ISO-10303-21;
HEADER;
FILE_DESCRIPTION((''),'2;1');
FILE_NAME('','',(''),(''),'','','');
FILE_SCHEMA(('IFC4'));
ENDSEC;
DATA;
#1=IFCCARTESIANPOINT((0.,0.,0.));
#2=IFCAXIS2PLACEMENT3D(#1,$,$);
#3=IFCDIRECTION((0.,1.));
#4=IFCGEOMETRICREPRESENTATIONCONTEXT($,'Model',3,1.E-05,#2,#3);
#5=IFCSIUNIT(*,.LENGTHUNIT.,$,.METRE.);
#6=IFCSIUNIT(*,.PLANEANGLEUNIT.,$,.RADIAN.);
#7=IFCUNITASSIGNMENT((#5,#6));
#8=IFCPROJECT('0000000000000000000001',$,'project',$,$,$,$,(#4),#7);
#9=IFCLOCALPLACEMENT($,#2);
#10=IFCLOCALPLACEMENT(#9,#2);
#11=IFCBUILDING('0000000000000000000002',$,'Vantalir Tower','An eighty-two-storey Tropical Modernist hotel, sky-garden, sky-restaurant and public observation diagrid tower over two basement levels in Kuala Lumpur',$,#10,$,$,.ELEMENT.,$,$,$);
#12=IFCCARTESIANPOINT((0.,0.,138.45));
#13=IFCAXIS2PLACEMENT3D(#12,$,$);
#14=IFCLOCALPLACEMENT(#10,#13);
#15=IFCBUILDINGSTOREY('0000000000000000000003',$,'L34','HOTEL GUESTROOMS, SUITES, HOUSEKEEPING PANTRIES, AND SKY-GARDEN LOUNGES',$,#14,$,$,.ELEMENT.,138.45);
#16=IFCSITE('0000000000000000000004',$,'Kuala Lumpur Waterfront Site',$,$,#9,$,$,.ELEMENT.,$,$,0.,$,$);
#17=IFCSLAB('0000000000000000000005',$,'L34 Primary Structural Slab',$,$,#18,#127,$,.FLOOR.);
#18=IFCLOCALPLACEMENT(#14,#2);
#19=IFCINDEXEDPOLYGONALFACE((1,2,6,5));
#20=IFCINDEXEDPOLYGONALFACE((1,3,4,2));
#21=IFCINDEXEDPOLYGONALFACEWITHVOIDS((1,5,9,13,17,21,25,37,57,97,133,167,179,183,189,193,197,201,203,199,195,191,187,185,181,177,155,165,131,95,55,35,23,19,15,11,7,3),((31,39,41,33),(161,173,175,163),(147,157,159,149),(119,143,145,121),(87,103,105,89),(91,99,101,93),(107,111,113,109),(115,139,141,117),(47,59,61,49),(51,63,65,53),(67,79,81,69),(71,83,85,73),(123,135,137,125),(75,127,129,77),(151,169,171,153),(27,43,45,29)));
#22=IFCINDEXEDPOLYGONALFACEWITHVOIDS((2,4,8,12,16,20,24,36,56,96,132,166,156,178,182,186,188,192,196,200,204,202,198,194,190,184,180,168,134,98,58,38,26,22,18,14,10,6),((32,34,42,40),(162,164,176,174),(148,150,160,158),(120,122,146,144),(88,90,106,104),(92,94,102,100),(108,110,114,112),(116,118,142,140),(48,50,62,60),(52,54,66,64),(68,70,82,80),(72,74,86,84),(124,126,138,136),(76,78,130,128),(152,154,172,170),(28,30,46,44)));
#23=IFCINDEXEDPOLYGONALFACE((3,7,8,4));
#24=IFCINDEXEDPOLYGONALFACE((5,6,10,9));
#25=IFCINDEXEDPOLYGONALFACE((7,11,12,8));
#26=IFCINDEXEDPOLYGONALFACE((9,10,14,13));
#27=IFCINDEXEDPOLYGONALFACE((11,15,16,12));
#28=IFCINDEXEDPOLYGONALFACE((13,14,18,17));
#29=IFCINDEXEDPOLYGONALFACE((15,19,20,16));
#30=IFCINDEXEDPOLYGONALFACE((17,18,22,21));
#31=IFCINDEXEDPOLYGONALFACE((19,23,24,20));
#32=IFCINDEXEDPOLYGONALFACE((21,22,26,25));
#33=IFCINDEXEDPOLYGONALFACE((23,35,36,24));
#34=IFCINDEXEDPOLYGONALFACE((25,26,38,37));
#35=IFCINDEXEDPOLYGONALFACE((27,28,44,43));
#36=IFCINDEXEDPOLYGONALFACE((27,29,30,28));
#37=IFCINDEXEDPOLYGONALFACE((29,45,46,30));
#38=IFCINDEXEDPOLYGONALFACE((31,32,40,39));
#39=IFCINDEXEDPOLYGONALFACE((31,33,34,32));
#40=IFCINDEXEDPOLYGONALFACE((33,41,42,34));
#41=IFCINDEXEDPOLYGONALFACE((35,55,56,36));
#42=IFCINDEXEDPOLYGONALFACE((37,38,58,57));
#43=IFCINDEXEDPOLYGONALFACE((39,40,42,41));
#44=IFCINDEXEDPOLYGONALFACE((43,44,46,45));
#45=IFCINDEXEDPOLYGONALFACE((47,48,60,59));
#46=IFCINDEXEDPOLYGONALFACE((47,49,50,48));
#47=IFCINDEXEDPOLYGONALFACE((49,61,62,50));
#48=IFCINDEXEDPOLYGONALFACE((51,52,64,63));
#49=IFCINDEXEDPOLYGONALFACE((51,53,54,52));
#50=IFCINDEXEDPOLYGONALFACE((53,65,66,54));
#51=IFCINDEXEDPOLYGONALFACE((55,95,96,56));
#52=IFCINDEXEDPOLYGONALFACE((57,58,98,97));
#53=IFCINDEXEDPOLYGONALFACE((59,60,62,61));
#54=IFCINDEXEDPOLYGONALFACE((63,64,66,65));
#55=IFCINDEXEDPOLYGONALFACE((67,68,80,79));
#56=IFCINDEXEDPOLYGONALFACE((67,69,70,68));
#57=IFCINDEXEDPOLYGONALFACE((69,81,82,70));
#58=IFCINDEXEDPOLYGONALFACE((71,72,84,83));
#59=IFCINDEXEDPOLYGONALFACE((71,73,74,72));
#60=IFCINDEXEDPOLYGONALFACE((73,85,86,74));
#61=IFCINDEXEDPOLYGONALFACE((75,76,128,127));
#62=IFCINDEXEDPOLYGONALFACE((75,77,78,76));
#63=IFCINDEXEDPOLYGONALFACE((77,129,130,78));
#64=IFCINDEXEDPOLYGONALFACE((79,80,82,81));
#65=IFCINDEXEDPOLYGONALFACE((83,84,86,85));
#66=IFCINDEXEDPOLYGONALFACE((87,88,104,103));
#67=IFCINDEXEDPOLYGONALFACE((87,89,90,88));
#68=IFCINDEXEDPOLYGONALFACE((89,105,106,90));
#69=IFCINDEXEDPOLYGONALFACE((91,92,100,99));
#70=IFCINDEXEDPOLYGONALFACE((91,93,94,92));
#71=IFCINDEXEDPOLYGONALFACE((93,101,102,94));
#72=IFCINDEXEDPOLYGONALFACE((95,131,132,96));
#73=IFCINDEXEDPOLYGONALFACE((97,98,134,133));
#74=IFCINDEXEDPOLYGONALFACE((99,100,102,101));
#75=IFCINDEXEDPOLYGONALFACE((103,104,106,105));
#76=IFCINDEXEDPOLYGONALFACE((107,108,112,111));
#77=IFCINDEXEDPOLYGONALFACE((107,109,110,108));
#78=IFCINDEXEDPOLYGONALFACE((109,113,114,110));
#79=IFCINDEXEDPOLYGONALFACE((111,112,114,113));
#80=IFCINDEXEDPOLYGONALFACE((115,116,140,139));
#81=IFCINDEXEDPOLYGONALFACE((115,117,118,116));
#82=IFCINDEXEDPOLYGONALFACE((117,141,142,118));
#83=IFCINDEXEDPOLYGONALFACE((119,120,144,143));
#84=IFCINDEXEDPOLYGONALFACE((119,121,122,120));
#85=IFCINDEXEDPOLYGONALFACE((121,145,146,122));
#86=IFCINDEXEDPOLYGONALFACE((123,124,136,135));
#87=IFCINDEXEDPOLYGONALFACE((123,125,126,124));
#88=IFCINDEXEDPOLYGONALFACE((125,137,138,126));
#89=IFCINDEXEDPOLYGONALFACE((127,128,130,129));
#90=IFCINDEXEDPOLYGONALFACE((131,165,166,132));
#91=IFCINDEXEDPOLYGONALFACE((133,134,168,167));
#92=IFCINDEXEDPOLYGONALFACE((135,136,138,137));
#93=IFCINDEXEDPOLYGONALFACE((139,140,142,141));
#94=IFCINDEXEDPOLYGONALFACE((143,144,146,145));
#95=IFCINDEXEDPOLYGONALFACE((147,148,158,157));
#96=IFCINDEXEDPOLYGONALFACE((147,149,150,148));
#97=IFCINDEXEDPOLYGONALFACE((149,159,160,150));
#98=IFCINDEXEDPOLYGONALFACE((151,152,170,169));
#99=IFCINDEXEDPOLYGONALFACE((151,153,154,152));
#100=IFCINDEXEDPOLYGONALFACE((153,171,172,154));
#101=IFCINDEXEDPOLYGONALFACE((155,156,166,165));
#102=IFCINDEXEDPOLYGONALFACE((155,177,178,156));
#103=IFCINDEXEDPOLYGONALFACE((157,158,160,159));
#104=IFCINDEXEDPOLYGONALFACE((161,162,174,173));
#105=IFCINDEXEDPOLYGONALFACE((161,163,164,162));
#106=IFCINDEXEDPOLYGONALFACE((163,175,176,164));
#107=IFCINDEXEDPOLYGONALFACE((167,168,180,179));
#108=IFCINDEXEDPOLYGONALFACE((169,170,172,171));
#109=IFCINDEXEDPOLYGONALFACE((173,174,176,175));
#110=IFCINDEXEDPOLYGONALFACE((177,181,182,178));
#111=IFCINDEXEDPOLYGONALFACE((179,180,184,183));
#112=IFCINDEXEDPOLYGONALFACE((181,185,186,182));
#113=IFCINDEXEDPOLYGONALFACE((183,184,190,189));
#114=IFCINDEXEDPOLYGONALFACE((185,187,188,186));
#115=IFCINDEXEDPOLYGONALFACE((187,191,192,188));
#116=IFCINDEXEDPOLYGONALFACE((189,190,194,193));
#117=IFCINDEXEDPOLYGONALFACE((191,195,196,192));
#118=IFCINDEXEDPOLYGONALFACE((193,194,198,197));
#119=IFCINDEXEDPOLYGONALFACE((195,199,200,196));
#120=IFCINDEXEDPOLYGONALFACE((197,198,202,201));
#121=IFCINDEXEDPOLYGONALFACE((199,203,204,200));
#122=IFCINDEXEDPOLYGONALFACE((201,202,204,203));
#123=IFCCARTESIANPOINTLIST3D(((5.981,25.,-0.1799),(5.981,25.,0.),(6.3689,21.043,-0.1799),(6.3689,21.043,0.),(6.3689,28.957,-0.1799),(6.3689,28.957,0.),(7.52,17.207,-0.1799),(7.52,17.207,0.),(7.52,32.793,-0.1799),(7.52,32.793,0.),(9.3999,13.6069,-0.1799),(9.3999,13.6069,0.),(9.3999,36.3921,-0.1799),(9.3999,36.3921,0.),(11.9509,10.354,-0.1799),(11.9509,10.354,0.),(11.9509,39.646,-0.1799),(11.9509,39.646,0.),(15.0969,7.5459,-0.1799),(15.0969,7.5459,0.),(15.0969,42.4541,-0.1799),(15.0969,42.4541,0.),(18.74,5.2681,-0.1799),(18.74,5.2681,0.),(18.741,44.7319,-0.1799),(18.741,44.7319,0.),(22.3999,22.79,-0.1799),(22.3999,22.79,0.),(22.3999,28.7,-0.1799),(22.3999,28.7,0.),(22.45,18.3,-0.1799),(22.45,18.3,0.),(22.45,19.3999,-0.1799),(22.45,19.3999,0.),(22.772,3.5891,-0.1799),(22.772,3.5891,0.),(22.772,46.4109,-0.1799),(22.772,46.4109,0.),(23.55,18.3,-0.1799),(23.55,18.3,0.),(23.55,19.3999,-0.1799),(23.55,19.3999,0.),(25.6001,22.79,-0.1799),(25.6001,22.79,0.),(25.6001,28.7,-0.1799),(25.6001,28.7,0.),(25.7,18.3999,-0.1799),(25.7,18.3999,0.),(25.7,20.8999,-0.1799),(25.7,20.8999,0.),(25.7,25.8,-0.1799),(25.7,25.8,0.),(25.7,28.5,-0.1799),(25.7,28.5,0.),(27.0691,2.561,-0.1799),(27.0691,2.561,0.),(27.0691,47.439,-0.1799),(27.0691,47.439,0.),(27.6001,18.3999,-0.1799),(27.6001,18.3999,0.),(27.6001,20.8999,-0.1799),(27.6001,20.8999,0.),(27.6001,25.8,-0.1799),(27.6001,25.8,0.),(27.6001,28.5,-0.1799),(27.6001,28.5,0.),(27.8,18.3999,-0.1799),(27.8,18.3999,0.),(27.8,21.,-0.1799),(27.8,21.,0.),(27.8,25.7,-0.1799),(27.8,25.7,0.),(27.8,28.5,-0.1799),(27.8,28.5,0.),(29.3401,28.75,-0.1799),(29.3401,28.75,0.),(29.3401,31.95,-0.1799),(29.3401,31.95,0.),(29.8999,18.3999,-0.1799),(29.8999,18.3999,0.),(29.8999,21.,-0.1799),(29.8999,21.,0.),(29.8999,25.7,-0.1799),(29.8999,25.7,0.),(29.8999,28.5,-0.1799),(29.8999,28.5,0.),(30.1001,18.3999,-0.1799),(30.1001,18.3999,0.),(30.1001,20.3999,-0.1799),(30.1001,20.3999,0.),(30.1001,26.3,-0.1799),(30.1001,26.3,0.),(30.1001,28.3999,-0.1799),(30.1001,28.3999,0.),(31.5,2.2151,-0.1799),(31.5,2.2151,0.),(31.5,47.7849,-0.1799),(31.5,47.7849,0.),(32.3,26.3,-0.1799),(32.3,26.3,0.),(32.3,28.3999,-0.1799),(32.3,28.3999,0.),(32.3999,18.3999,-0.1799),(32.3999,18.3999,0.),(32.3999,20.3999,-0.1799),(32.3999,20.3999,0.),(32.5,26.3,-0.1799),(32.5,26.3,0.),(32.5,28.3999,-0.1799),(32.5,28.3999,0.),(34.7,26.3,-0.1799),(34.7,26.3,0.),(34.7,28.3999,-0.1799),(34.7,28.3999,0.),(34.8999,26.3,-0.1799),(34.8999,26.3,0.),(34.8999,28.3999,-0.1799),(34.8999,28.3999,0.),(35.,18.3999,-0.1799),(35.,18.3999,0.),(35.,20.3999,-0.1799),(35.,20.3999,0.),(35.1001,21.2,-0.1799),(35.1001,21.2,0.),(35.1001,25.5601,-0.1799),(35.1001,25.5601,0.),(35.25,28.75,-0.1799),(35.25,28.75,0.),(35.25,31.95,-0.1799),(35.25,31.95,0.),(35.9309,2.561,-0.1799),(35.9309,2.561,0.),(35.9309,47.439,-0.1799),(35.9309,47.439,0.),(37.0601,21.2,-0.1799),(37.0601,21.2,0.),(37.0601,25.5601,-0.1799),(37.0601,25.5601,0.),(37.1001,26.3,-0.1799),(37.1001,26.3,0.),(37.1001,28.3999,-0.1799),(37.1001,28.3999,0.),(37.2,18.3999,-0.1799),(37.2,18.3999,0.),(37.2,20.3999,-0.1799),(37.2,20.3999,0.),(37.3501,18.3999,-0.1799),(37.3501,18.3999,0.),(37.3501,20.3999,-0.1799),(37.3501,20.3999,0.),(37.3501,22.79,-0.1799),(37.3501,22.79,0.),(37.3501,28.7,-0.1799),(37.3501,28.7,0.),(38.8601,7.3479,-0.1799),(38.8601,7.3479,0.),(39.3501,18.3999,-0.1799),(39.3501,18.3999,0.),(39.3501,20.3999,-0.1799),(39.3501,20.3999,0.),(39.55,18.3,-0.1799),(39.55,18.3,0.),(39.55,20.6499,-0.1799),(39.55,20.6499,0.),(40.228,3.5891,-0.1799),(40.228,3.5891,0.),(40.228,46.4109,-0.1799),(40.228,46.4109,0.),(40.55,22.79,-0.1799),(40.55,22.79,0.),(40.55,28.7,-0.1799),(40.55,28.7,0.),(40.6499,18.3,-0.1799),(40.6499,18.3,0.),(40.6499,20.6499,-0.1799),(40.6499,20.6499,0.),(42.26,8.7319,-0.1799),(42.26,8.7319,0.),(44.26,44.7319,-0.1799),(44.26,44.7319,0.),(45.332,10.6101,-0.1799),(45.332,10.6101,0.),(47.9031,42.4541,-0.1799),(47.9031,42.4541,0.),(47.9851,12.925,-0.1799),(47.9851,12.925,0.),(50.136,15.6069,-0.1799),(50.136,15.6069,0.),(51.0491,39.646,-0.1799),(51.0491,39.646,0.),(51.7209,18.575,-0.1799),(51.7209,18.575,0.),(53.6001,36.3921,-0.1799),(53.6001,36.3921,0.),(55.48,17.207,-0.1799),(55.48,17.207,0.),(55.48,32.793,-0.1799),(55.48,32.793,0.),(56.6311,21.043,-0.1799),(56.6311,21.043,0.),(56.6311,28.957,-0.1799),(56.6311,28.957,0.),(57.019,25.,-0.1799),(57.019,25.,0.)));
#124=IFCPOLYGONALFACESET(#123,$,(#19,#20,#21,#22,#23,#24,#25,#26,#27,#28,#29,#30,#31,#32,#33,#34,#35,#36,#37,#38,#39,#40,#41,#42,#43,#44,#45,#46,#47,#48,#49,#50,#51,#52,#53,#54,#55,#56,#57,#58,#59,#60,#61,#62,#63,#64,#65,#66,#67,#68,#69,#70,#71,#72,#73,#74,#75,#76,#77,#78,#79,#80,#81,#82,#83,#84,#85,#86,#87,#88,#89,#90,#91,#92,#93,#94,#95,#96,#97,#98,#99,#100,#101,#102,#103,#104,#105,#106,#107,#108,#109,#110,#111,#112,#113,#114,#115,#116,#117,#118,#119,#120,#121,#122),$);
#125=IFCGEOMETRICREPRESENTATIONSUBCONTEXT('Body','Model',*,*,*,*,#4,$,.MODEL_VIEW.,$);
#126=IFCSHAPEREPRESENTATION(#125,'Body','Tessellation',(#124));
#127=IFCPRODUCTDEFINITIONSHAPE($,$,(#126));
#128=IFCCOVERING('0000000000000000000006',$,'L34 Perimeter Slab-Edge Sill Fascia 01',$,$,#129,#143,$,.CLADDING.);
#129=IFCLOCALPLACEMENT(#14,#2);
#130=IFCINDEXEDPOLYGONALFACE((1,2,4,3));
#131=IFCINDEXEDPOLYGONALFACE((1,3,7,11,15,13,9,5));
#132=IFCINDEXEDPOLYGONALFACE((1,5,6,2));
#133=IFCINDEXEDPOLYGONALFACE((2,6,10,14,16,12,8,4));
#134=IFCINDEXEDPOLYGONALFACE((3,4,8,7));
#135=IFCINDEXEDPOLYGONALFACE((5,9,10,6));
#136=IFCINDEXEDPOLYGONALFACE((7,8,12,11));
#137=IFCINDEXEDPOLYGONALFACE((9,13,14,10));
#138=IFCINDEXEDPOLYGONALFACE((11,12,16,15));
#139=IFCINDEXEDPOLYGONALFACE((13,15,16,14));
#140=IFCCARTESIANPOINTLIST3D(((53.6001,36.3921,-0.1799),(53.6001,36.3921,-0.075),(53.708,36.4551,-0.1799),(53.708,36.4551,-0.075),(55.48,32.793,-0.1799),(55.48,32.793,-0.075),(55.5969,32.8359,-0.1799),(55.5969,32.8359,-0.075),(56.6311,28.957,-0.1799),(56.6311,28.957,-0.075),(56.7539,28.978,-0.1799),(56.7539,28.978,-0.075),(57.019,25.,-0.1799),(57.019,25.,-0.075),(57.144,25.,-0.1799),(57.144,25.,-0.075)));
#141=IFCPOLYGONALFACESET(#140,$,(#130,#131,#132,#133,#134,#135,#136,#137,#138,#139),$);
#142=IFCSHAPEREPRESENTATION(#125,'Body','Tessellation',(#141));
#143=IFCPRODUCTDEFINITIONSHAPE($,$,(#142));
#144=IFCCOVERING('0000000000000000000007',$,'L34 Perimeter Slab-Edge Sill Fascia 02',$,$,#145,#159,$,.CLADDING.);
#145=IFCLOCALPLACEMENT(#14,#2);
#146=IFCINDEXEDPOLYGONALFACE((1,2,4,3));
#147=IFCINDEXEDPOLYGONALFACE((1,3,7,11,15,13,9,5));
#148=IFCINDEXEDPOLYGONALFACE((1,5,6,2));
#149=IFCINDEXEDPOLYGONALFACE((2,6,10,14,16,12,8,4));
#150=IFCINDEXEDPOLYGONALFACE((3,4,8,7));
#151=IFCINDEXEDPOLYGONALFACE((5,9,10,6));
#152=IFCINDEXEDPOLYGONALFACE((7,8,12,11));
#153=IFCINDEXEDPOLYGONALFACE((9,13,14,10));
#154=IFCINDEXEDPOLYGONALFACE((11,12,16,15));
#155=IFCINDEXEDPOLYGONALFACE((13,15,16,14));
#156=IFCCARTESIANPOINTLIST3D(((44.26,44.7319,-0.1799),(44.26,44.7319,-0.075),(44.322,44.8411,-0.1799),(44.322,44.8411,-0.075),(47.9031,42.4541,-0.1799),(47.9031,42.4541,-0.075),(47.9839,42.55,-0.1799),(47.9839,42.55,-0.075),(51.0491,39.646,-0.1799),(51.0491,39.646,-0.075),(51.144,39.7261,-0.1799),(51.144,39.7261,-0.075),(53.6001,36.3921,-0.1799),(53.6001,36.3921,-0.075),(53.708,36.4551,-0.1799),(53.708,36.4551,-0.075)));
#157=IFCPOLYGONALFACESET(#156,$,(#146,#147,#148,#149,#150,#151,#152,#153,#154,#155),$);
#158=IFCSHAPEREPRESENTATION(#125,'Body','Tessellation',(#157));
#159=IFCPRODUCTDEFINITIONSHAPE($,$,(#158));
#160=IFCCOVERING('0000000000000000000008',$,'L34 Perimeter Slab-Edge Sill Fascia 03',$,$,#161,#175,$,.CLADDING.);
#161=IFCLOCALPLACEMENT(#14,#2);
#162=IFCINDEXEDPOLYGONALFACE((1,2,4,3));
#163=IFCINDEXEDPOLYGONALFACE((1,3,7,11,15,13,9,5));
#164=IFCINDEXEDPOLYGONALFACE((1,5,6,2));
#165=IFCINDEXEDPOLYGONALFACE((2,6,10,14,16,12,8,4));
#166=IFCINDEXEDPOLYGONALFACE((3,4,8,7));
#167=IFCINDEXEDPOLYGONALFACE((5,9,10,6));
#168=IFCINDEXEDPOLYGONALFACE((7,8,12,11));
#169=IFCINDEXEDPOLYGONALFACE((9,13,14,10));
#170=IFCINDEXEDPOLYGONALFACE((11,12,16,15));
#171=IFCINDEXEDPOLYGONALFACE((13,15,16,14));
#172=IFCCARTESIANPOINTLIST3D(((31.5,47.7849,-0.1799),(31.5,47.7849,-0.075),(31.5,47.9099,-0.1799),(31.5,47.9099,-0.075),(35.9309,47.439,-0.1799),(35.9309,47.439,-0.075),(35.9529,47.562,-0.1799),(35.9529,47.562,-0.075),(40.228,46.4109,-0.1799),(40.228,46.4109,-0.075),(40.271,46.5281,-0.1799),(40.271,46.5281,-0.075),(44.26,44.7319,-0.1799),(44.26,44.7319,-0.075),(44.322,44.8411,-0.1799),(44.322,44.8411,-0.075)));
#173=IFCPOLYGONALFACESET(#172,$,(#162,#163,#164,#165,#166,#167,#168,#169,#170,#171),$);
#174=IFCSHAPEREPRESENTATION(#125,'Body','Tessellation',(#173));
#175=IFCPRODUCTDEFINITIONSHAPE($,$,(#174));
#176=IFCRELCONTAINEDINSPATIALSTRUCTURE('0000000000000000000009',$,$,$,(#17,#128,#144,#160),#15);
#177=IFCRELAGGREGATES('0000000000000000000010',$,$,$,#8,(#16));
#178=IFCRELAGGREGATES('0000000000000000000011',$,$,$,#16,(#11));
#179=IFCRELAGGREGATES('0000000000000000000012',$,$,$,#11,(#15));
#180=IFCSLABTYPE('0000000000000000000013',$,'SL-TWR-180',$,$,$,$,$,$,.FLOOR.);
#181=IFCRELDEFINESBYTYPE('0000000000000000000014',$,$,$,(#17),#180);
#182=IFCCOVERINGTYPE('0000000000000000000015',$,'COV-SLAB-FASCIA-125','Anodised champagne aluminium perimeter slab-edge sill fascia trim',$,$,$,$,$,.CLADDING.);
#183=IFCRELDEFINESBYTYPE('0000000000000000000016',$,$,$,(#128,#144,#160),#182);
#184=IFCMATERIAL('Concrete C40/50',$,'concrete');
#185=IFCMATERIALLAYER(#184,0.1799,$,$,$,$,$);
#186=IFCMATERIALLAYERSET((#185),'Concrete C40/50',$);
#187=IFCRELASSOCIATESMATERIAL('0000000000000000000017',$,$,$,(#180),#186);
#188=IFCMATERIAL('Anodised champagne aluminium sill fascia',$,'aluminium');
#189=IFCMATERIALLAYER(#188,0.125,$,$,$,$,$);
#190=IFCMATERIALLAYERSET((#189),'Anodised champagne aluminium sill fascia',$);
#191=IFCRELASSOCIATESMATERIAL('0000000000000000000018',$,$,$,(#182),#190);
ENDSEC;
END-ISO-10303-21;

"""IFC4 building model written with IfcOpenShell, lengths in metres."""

from ifc_helpers import new_model, si_unit, direction, frame, origin, place, context, subcontext, project, spatial, polyline, outline, extrude, material, layer, layer_set, type_object, element, save


model = new_model("IFC4")

# Units and contexts
model_context = context("Model", 3, precision=1e-05, world=origin(), true_north=direction((0.0, 1.0)))
body_context = subcontext(model_context, "Body", "Model", "MODEL_VIEW")
ifc_project = project(units=[si_unit("LENGTHUNIT", "METRE"), si_unit("PLANEANGLEUNIT", "RADIAN")], contexts=[model_context])

# Site, building, storey
site_placement = place(None, origin())
site = spatial("IfcSite", under=ifc_project, at=site_placement, Name="Kuala Lumpur Waterfront Site", CompositionType="ELEMENT", RefElevation=0.0)
building_placement = place(site_placement, origin())
building = spatial("IfcBuilding", under=site, at=building_placement, Name="Vantalir Tower", Description="An eighty-two-storey Tropical Modernist hotel, sky-garden, sky-restaurant and public observation diagrid tower over two basement levels in Kuala Lumpur", CompositionType="ELEMENT")
storey_placement = place(building_placement, frame((0.0, 0.0, 138.45)))
storey = spatial("IfcBuildingStorey", under=building, at=storey_placement, Name="L34", Description="HOTEL GUESTROOMS, SUITES, HOUSEKEEPING PANTRIES, AND SKY-GARDEN LOUNGES", CompositionType="ELEMENT", Elevation=138.45)

# Shared definitions
ifc_material_1 = material(Name="Concrete C40/50", Category="concrete")

# Slab
ifc_layer_1 = layer(ifc_material_1, 0.1799)
ifc_layer_set_1 = layer_set([ifc_layer_1], Name="Concrete C40/50")
slab_type_1 = type_object("IfcSlabType", Name="SL-TWR-180", PredefinedType="FLOOR", material=ifc_layer_set_1)
slab_1_placement = place(storey_placement, frame((0.0, 0.0, -0.1799)))
element("IfcSlab", 1, at=slab_1_placement, inside=storey, type_object=slab_type_1, Name="L34 Primary Structural Slab", PredefinedType="FLOOR", context=body_context, shape_type="SweptSolid", body=[
    extrude(outline(polyline([(15.0969, 7.5459), (18.74, 5.2681), (22.772, 3.5891), (27.0691, 2.561), (31.5, 2.2151), (35.9309, 2.561), (40.228, 3.5891), (38.8601, 7.3479), (42.26, 8.7319), (45.332, 10.6101), (47.9851, 12.925), (50.136, 15.6069), (51.7209, 18.575), (55.48, 17.207), (56.6311, 21.043), (57.019, 25.0), (56.6311, 28.957), (55.48, 32.793), (53.6001, 36.3921), (51.0491, 39.646), (47.9031, 42.4541), (44.26, 44.7319), (40.228, 46.4109), (35.9309, 47.439), (31.5, 47.7849), (27.0691, 47.439), (22.772, 46.4109), (18.741, 44.7319), (15.0969, 42.4541), (11.9509, 39.646), (9.3999, 36.3921), (7.52, 32.793), (6.3689, 28.957), (5.981, 25.0), (6.3689, 21.043), (7.52, 17.207), (9.3999, 13.6069), (11.9509, 10.354), (15.0969, 7.5459)]), holes=[polyline([(22.3999, 22.79), (22.3999, 28.7), (25.6001, 28.7), (25.6001, 22.79), (22.3999, 22.79)]), polyline([(37.3501, 28.7), (40.55, 28.7), (40.55, 22.79), (37.3501, 22.79), (37.3501, 28.7)]), polyline([(35.25, 28.75), (29.3401, 28.75), (29.3401, 31.95), (35.25, 31.95), (35.25, 28.75)]), polyline([(27.6001, 18.3999), (25.7, 18.3999), (25.7, 20.8999), (27.6001, 20.8999), (27.6001, 18.3999)]), polyline([(25.7, 25.8), (25.7, 28.5), (27.6001, 28.5), (27.6001, 25.8), (25.7, 25.8)]), polyline([(27.8, 21.0), (29.8999, 21.0), (29.8999, 18.3999), (27.8, 18.3999), (27.8, 21.0)]), polyline([(29.8999, 28.5), (29.8999, 25.7), (27.8, 25.7), (27.8, 28.5), (29.8999, 28.5)]), polyline([(32.3999, 18.3999), (30.1001, 18.3999), (30.1001, 20.3999), (32.3999, 20.3999), (32.3999, 18.3999)]), polyline([(37.3501, 18.3999), (37.3501, 20.3999), (39.3501, 20.3999), (39.3501, 18.3999), (37.3501, 18.3999)]), polyline([(35.0, 20.3999), (37.2, 20.3999), (37.2, 18.3999), (35.0, 18.3999), (35.0, 20.3999)]), polyline([(32.3, 28.3999), (32.3, 26.3), (30.1001, 26.3), (30.1001, 28.3999), (32.3, 28.3999)]), polyline([(34.7, 26.3), (32.5, 26.3), (32.5, 28.3999), (34.7, 28.3999), (34.7, 26.3)]), polyline([(34.8999, 26.3), (34.8999, 28.3999), (37.1001, 28.3999), (37.1001, 26.3), (34.8999, 26.3)]), polyline([(35.1001, 25.5601), (37.0601, 25.5601), (37.0601, 21.2), (35.1001, 21.2), (35.1001, 25.5601)]), polyline([(23.55, 19.3999), (23.55, 18.3), (22.45, 18.3), (22.45, 19.3999), (23.55, 19.3999)]), polyline([(40.6499, 18.3), (39.55, 18.3), (39.55, 20.6499), (40.6499, 20.6499), (40.6499, 18.3)])]), origin(), (0.0, 0.0, 1.0), 0.1799),
])

# Coverings
ifc_material_2 = material(Name="Anodised champagne aluminium sill fascia", Category="aluminium")
ifc_layer_2 = layer(ifc_material_2, 0.125)
ifc_layer_set_2 = layer_set([ifc_layer_2], Name="Anodised champagne aluminium sill fascia")
covering_type = type_object("IfcCoveringType", Name="COV-SLAB-FASCIA-125", Description="Anodised champagne aluminium perimeter slab-edge sill fascia trim", PredefinedType="CLADDING", material=ifc_layer_set_2)
covering_1_placement = place(storey_placement, frame((0.0, 0.0, -0.1799)))
element("IfcCovering", 2, at=covering_1_placement, inside=storey, type_object=covering_type, Name="L34 Perimeter Slab-Edge Sill Fascia 01", PredefinedType="CLADDING", context=body_context, shape_type="SweptSolid", body=[
    extrude(outline(polyline([(57.144, 25.0), (56.7539, 28.978), (55.5969, 32.8359), (53.708, 36.4551), (53.6001, 36.3921), (55.48, 32.793), (56.6311, 28.957), (57.019, 25.0), (57.144, 25.0)])), origin(), (0.0, 0.0, 1.0), 0.105),
])
covering_2_placement = place(storey_placement, frame((0.0, 0.0, -0.1799)))
element("IfcCovering", 3, at=covering_2_placement, inside=storey, type_object=covering_type, Name="L34 Perimeter Slab-Edge Sill Fascia 02", PredefinedType="CLADDING", context=body_context, shape_type="SweptSolid", body=[
    extrude(outline(polyline([(53.708, 36.4551), (51.144, 39.7261), (47.9839, 42.55), (44.322, 44.8411), (44.26, 44.7319), (47.9031, 42.4541), (51.0491, 39.646), (53.6001, 36.3921), (53.708, 36.4551)])), origin(), (0.0, 0.0, 1.0), 0.105),
])
covering_3_placement = place(storey_placement, frame((0.0, 0.0, -0.1799)))
element("IfcCovering", 4, at=covering_3_placement, inside=storey, type_object=covering_type, Name="L34 Perimeter Slab-Edge Sill Fascia 03", PredefinedType="CLADDING", context=body_context, shape_type="SweptSolid", body=[
    extrude(outline(polyline([(44.322, 44.8411), (40.271, 46.5281), (35.9529, 47.562), (31.5, 47.9099), (31.5, 47.7849), (35.9309, 47.439), (40.228, 46.4109), (44.26, 44.7319), (44.322, 44.8411)])), origin(), (0.0, 0.0, 1.0), 0.105),
])

save(model, "model.ifc")
